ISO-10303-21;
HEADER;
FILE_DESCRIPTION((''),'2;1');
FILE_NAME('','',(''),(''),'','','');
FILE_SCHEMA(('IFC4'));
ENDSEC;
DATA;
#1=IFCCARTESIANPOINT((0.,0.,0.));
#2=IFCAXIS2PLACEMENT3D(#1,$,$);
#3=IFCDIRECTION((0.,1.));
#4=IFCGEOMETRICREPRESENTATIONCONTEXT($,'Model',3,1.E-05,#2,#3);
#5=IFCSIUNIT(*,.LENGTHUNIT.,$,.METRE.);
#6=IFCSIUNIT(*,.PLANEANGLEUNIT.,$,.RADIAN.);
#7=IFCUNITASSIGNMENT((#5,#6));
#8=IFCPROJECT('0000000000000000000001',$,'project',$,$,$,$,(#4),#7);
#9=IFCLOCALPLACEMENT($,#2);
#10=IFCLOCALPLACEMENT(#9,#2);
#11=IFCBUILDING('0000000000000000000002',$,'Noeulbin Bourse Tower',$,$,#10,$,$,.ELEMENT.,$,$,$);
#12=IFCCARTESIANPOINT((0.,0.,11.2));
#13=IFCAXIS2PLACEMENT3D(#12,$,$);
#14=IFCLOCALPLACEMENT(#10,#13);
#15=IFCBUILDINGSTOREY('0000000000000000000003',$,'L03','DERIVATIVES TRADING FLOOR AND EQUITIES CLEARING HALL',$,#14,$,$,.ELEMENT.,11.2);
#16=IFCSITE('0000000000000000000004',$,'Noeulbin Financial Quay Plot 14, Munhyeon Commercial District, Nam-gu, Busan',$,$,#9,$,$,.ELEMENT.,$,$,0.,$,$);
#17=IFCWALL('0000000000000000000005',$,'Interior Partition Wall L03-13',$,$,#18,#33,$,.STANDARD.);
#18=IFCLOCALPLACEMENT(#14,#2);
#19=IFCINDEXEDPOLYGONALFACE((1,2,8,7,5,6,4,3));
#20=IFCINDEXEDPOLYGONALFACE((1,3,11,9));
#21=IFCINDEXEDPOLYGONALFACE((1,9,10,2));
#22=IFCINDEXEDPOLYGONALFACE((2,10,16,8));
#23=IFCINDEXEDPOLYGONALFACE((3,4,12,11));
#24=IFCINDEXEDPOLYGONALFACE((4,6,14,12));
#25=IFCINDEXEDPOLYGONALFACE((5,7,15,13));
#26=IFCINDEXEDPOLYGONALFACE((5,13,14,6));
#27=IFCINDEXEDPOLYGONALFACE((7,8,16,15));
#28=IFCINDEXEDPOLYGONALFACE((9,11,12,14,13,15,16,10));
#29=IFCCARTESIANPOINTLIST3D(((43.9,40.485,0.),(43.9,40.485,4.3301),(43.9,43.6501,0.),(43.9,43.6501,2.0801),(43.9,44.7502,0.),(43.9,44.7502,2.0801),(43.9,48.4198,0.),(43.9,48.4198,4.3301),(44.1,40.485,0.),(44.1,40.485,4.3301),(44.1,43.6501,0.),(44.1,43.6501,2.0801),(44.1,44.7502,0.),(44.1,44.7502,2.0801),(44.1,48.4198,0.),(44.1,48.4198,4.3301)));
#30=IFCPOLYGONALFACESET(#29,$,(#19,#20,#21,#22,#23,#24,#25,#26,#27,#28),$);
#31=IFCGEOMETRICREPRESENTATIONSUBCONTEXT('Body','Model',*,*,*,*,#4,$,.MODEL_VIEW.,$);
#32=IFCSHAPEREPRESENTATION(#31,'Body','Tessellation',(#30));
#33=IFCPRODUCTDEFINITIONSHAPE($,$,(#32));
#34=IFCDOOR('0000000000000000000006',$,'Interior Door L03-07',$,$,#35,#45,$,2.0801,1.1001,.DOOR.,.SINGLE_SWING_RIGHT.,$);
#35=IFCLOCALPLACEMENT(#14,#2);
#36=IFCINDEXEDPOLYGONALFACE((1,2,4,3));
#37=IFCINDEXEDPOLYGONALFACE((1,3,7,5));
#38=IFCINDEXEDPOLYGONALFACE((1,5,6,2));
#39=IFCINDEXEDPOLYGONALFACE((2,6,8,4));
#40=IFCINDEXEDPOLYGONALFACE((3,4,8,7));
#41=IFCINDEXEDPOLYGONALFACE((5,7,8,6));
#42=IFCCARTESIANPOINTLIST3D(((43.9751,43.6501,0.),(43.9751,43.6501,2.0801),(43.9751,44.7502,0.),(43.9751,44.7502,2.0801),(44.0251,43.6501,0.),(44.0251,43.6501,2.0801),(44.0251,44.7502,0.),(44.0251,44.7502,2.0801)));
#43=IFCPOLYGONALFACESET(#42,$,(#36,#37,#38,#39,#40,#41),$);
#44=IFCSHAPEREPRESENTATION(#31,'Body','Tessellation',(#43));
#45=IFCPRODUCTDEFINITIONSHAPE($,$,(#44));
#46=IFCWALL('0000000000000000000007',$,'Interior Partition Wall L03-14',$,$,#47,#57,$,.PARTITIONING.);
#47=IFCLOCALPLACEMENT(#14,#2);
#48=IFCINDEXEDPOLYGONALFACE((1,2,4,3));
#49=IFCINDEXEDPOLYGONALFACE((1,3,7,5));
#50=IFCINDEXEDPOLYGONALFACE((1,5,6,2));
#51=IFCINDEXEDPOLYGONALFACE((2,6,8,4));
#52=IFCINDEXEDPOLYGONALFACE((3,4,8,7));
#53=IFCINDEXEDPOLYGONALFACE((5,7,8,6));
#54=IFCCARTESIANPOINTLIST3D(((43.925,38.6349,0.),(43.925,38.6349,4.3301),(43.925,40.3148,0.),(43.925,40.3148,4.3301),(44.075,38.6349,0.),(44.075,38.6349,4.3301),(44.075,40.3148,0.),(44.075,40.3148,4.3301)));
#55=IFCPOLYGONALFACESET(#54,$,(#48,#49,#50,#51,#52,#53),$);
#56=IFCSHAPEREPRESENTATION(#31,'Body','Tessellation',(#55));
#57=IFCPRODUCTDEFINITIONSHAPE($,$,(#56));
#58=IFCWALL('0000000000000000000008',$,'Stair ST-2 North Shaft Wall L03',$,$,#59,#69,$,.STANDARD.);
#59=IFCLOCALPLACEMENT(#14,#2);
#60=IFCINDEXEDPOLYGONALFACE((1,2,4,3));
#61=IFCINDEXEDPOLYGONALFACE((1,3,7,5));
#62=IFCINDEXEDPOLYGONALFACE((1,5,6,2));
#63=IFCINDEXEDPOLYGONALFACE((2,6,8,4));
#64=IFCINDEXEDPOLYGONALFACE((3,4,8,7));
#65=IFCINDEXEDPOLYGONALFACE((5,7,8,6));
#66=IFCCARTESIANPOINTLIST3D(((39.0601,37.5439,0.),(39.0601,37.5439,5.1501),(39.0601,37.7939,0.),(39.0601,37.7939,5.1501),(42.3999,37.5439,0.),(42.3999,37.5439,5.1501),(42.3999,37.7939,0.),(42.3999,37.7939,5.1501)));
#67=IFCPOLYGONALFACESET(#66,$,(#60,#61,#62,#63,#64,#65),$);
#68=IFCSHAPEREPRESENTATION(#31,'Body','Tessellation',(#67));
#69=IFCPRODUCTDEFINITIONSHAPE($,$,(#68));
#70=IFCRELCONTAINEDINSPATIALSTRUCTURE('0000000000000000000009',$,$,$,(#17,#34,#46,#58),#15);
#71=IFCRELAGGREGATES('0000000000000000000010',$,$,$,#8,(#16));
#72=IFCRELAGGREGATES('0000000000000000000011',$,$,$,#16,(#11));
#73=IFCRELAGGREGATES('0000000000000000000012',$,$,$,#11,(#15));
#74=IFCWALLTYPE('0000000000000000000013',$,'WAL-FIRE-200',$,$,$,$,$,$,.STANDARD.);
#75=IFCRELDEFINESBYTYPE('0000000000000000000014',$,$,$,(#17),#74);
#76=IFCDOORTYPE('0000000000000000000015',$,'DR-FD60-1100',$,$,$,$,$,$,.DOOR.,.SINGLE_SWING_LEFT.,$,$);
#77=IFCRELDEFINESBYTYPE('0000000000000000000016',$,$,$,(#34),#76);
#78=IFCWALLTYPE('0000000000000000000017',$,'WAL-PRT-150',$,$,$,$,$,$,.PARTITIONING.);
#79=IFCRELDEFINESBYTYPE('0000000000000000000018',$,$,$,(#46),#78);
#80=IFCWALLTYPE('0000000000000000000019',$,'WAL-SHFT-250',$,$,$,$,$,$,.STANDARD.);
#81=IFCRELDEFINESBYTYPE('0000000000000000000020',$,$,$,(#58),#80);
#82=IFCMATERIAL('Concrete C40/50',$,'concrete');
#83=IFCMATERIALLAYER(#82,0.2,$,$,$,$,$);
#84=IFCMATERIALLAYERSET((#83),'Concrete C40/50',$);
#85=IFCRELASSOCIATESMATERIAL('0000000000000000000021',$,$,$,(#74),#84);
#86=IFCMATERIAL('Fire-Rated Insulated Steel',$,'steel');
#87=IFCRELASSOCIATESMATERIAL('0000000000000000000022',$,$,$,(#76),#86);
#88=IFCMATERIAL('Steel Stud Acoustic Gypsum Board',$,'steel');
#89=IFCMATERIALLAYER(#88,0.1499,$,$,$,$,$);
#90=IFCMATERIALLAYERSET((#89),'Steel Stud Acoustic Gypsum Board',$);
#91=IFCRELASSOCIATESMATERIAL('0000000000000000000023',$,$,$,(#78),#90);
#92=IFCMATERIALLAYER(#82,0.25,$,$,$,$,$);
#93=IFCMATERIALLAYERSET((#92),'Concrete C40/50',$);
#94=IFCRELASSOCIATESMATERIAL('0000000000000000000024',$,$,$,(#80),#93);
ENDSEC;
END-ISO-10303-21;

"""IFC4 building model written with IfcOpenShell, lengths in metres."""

from ifc_helpers import new_model, si_unit, direction, frame, frame_2d, origin, place, context, subcontext, project, spatial, rectangle, extrude, material, layer, layer_set, type_object, element, fill, save


model = new_model("IFC4")

# Units and contexts
model_context = context("Model", 3, precision=1e-05, world=origin(), true_north=direction((0.0, 1.0)))
body_context = subcontext(model_context, "Body", "Model", "MODEL_VIEW")
ifc_project = project(units=[si_unit("LENGTHUNIT", "METRE"), si_unit("PLANEANGLEUNIT", "RADIAN")], contexts=[model_context])

# Site, building, storey
site_placement = place(None, origin())
site = spatial("IfcSite", under=ifc_project, at=site_placement, Name="Noeulbin Financial Quay Plot 14, Munhyeon Commercial District, Nam-gu, Busan", CompositionType="ELEMENT", RefElevation=0.0)
building_placement = place(site_placement, origin())
building = spatial("IfcBuilding", under=site, at=building_placement, Name="Noeulbin Bourse Tower", CompositionType="ELEMENT")
storey_placement = place(building_placement, frame((0.0, 0.0, 11.2)))
storey = spatial("IfcBuildingStorey", under=building, at=storey_placement, Name="L03", Description="DERIVATIVES TRADING FLOOR AND EQUITIES CLEARING HALL", CompositionType="ELEMENT", Elevation=11.2)

# Wall, opening, door
ifc_material_1 = material(Name="Concrete C40/50", Category="concrete")
ifc_layer_1 = layer(ifc_material_1, 0.2)
ifc_layer_set_1 = layer_set([ifc_layer_1], Name="Concrete C40/50")
wall_type_1 = type_object("IfcWallType", Name="WAL-FIRE-200", PredefinedType="STANDARD", material=ifc_layer_set_1)
wall_1_placement = place(storey_placement, frame((44.0, 40.4851, 0.0), z_axis=(0.0, 0.0, 1.0), x_axis=(0.0, 1.0, 0.0)))
wall_1 = element("IfcWall", 1, at=wall_1_placement, inside=storey, type_object=wall_type_1, Name="Interior Partition Wall L03-13", PredefinedType="STANDARD", context=body_context, shape_type="SweptSolid", body=[
    extrude(rectangle(XDim=7.9348, YDim=0.2, at=frame_2d((3.9673, 0.0))), origin(), (0.0, 0.0, 1.0), 4.3301),
])
opening_placement = place(wall_1_placement, frame((3.165, 0.0, 0.0)))
opening = element("IfcOpeningElement", 2, at=opening_placement, cuts=wall_1, PredefinedType="OPENING", context=body_context, shape_type="SweptSolid", body=[
    extrude(rectangle(XDim=1.1001, YDim=2.0801, at=frame_2d((0.55, 1.04))), frame((0.0, 0.1099, 0.0), z_axis=(0.0, -1.0, 0.0), x_axis=(1.0, 0.0, 0.0)), (0.0, 0.0, 1.0), 0.22),
])
ifc_material_2 = material(Name="Fire-Rated Insulated Steel", Category="steel")
door_type = type_object("IfcDoorType", Name="DR-FD60-1100", OperationType="SINGLE_SWING_LEFT", PredefinedType="DOOR", material=ifc_material_2)
door_placement = place(opening_placement, origin())
door = element("IfcDoor", 3, at=door_placement, inside=storey, type_object=door_type, Name="Interior Door L03-07", OperationType="SINGLE_SWING_RIGHT", OverallHeight=2.0801, OverallWidth=1.1001, PredefinedType="DOOR", context=body_context, shape_type="SweptSolid", body=[
    extrude(rectangle(XDim=1.1001, YDim=2.0801, at=frame_2d((0.55, 1.04))), frame((0.0, 0.0249, 0.0), z_axis=(0.0, -1.0, 0.0), x_axis=(1.0, 0.0, 0.0)), (0.0, 0.0, 1.0), 0.05),
])
fill(opening, door)

# Walls
ifc_material_3 = material(Name="Steel Stud Acoustic Gypsum Board", Category="steel")
ifc_layer_2 = layer(ifc_material_3, 0.1499)
ifc_layer_set_2 = layer_set([ifc_layer_2], Name="Steel Stud Acoustic Gypsum Board")
wall_type_2 = type_object("IfcWallType", Name="WAL-PRT-150", PredefinedType="PARTITIONING", material=ifc_layer_set_2)
wall_2_placement = place(storey_placement, frame((44.0, 38.635, 0.0), z_axis=(0.0, 0.0, 1.0), x_axis=(0.0, 1.0, 0.0)))
element("IfcWall", 4, at=wall_2_placement, inside=storey, type_object=wall_type_2, Name="Interior Partition Wall L03-14", PredefinedType="PARTITIONING", context=body_context, shape_type="SweptSolid", body=[
    extrude(rectangle(XDim=1.6799, YDim=0.1499, at=frame_2d((0.8398, 0.0))), origin(), (0.0, 0.0, 1.0), 4.3301),
])
ifc_layer_3 = layer(ifc_material_1, 0.25)
ifc_layer_set_3 = layer_set([ifc_layer_3], Name="Concrete C40/50")
wall_type_3 = type_object("IfcWallType", Name="WAL-SHFT-250", PredefinedType="STANDARD", material=ifc_layer_set_3)
wall_3_placement = place(storey_placement, frame((39.0601, 37.6689, 0.0), z_axis=(0.0, 0.0, 1.0), x_axis=(1.0, 0.0, 0.0)))
element("IfcWall", 5, at=wall_3_placement, inside=storey, type_object=wall_type_3, Name="Stair ST-2 North Shaft Wall L03", PredefinedType="STANDARD", context=body_context, shape_type="SweptSolid", body=[
    extrude(rectangle(XDim=3.3398, YDim=0.25, at=frame_2d((1.6699, 0.0))), origin(), (0.0, 0.0, 1.0), 5.1501),
])

save(model, "model.ifc")
